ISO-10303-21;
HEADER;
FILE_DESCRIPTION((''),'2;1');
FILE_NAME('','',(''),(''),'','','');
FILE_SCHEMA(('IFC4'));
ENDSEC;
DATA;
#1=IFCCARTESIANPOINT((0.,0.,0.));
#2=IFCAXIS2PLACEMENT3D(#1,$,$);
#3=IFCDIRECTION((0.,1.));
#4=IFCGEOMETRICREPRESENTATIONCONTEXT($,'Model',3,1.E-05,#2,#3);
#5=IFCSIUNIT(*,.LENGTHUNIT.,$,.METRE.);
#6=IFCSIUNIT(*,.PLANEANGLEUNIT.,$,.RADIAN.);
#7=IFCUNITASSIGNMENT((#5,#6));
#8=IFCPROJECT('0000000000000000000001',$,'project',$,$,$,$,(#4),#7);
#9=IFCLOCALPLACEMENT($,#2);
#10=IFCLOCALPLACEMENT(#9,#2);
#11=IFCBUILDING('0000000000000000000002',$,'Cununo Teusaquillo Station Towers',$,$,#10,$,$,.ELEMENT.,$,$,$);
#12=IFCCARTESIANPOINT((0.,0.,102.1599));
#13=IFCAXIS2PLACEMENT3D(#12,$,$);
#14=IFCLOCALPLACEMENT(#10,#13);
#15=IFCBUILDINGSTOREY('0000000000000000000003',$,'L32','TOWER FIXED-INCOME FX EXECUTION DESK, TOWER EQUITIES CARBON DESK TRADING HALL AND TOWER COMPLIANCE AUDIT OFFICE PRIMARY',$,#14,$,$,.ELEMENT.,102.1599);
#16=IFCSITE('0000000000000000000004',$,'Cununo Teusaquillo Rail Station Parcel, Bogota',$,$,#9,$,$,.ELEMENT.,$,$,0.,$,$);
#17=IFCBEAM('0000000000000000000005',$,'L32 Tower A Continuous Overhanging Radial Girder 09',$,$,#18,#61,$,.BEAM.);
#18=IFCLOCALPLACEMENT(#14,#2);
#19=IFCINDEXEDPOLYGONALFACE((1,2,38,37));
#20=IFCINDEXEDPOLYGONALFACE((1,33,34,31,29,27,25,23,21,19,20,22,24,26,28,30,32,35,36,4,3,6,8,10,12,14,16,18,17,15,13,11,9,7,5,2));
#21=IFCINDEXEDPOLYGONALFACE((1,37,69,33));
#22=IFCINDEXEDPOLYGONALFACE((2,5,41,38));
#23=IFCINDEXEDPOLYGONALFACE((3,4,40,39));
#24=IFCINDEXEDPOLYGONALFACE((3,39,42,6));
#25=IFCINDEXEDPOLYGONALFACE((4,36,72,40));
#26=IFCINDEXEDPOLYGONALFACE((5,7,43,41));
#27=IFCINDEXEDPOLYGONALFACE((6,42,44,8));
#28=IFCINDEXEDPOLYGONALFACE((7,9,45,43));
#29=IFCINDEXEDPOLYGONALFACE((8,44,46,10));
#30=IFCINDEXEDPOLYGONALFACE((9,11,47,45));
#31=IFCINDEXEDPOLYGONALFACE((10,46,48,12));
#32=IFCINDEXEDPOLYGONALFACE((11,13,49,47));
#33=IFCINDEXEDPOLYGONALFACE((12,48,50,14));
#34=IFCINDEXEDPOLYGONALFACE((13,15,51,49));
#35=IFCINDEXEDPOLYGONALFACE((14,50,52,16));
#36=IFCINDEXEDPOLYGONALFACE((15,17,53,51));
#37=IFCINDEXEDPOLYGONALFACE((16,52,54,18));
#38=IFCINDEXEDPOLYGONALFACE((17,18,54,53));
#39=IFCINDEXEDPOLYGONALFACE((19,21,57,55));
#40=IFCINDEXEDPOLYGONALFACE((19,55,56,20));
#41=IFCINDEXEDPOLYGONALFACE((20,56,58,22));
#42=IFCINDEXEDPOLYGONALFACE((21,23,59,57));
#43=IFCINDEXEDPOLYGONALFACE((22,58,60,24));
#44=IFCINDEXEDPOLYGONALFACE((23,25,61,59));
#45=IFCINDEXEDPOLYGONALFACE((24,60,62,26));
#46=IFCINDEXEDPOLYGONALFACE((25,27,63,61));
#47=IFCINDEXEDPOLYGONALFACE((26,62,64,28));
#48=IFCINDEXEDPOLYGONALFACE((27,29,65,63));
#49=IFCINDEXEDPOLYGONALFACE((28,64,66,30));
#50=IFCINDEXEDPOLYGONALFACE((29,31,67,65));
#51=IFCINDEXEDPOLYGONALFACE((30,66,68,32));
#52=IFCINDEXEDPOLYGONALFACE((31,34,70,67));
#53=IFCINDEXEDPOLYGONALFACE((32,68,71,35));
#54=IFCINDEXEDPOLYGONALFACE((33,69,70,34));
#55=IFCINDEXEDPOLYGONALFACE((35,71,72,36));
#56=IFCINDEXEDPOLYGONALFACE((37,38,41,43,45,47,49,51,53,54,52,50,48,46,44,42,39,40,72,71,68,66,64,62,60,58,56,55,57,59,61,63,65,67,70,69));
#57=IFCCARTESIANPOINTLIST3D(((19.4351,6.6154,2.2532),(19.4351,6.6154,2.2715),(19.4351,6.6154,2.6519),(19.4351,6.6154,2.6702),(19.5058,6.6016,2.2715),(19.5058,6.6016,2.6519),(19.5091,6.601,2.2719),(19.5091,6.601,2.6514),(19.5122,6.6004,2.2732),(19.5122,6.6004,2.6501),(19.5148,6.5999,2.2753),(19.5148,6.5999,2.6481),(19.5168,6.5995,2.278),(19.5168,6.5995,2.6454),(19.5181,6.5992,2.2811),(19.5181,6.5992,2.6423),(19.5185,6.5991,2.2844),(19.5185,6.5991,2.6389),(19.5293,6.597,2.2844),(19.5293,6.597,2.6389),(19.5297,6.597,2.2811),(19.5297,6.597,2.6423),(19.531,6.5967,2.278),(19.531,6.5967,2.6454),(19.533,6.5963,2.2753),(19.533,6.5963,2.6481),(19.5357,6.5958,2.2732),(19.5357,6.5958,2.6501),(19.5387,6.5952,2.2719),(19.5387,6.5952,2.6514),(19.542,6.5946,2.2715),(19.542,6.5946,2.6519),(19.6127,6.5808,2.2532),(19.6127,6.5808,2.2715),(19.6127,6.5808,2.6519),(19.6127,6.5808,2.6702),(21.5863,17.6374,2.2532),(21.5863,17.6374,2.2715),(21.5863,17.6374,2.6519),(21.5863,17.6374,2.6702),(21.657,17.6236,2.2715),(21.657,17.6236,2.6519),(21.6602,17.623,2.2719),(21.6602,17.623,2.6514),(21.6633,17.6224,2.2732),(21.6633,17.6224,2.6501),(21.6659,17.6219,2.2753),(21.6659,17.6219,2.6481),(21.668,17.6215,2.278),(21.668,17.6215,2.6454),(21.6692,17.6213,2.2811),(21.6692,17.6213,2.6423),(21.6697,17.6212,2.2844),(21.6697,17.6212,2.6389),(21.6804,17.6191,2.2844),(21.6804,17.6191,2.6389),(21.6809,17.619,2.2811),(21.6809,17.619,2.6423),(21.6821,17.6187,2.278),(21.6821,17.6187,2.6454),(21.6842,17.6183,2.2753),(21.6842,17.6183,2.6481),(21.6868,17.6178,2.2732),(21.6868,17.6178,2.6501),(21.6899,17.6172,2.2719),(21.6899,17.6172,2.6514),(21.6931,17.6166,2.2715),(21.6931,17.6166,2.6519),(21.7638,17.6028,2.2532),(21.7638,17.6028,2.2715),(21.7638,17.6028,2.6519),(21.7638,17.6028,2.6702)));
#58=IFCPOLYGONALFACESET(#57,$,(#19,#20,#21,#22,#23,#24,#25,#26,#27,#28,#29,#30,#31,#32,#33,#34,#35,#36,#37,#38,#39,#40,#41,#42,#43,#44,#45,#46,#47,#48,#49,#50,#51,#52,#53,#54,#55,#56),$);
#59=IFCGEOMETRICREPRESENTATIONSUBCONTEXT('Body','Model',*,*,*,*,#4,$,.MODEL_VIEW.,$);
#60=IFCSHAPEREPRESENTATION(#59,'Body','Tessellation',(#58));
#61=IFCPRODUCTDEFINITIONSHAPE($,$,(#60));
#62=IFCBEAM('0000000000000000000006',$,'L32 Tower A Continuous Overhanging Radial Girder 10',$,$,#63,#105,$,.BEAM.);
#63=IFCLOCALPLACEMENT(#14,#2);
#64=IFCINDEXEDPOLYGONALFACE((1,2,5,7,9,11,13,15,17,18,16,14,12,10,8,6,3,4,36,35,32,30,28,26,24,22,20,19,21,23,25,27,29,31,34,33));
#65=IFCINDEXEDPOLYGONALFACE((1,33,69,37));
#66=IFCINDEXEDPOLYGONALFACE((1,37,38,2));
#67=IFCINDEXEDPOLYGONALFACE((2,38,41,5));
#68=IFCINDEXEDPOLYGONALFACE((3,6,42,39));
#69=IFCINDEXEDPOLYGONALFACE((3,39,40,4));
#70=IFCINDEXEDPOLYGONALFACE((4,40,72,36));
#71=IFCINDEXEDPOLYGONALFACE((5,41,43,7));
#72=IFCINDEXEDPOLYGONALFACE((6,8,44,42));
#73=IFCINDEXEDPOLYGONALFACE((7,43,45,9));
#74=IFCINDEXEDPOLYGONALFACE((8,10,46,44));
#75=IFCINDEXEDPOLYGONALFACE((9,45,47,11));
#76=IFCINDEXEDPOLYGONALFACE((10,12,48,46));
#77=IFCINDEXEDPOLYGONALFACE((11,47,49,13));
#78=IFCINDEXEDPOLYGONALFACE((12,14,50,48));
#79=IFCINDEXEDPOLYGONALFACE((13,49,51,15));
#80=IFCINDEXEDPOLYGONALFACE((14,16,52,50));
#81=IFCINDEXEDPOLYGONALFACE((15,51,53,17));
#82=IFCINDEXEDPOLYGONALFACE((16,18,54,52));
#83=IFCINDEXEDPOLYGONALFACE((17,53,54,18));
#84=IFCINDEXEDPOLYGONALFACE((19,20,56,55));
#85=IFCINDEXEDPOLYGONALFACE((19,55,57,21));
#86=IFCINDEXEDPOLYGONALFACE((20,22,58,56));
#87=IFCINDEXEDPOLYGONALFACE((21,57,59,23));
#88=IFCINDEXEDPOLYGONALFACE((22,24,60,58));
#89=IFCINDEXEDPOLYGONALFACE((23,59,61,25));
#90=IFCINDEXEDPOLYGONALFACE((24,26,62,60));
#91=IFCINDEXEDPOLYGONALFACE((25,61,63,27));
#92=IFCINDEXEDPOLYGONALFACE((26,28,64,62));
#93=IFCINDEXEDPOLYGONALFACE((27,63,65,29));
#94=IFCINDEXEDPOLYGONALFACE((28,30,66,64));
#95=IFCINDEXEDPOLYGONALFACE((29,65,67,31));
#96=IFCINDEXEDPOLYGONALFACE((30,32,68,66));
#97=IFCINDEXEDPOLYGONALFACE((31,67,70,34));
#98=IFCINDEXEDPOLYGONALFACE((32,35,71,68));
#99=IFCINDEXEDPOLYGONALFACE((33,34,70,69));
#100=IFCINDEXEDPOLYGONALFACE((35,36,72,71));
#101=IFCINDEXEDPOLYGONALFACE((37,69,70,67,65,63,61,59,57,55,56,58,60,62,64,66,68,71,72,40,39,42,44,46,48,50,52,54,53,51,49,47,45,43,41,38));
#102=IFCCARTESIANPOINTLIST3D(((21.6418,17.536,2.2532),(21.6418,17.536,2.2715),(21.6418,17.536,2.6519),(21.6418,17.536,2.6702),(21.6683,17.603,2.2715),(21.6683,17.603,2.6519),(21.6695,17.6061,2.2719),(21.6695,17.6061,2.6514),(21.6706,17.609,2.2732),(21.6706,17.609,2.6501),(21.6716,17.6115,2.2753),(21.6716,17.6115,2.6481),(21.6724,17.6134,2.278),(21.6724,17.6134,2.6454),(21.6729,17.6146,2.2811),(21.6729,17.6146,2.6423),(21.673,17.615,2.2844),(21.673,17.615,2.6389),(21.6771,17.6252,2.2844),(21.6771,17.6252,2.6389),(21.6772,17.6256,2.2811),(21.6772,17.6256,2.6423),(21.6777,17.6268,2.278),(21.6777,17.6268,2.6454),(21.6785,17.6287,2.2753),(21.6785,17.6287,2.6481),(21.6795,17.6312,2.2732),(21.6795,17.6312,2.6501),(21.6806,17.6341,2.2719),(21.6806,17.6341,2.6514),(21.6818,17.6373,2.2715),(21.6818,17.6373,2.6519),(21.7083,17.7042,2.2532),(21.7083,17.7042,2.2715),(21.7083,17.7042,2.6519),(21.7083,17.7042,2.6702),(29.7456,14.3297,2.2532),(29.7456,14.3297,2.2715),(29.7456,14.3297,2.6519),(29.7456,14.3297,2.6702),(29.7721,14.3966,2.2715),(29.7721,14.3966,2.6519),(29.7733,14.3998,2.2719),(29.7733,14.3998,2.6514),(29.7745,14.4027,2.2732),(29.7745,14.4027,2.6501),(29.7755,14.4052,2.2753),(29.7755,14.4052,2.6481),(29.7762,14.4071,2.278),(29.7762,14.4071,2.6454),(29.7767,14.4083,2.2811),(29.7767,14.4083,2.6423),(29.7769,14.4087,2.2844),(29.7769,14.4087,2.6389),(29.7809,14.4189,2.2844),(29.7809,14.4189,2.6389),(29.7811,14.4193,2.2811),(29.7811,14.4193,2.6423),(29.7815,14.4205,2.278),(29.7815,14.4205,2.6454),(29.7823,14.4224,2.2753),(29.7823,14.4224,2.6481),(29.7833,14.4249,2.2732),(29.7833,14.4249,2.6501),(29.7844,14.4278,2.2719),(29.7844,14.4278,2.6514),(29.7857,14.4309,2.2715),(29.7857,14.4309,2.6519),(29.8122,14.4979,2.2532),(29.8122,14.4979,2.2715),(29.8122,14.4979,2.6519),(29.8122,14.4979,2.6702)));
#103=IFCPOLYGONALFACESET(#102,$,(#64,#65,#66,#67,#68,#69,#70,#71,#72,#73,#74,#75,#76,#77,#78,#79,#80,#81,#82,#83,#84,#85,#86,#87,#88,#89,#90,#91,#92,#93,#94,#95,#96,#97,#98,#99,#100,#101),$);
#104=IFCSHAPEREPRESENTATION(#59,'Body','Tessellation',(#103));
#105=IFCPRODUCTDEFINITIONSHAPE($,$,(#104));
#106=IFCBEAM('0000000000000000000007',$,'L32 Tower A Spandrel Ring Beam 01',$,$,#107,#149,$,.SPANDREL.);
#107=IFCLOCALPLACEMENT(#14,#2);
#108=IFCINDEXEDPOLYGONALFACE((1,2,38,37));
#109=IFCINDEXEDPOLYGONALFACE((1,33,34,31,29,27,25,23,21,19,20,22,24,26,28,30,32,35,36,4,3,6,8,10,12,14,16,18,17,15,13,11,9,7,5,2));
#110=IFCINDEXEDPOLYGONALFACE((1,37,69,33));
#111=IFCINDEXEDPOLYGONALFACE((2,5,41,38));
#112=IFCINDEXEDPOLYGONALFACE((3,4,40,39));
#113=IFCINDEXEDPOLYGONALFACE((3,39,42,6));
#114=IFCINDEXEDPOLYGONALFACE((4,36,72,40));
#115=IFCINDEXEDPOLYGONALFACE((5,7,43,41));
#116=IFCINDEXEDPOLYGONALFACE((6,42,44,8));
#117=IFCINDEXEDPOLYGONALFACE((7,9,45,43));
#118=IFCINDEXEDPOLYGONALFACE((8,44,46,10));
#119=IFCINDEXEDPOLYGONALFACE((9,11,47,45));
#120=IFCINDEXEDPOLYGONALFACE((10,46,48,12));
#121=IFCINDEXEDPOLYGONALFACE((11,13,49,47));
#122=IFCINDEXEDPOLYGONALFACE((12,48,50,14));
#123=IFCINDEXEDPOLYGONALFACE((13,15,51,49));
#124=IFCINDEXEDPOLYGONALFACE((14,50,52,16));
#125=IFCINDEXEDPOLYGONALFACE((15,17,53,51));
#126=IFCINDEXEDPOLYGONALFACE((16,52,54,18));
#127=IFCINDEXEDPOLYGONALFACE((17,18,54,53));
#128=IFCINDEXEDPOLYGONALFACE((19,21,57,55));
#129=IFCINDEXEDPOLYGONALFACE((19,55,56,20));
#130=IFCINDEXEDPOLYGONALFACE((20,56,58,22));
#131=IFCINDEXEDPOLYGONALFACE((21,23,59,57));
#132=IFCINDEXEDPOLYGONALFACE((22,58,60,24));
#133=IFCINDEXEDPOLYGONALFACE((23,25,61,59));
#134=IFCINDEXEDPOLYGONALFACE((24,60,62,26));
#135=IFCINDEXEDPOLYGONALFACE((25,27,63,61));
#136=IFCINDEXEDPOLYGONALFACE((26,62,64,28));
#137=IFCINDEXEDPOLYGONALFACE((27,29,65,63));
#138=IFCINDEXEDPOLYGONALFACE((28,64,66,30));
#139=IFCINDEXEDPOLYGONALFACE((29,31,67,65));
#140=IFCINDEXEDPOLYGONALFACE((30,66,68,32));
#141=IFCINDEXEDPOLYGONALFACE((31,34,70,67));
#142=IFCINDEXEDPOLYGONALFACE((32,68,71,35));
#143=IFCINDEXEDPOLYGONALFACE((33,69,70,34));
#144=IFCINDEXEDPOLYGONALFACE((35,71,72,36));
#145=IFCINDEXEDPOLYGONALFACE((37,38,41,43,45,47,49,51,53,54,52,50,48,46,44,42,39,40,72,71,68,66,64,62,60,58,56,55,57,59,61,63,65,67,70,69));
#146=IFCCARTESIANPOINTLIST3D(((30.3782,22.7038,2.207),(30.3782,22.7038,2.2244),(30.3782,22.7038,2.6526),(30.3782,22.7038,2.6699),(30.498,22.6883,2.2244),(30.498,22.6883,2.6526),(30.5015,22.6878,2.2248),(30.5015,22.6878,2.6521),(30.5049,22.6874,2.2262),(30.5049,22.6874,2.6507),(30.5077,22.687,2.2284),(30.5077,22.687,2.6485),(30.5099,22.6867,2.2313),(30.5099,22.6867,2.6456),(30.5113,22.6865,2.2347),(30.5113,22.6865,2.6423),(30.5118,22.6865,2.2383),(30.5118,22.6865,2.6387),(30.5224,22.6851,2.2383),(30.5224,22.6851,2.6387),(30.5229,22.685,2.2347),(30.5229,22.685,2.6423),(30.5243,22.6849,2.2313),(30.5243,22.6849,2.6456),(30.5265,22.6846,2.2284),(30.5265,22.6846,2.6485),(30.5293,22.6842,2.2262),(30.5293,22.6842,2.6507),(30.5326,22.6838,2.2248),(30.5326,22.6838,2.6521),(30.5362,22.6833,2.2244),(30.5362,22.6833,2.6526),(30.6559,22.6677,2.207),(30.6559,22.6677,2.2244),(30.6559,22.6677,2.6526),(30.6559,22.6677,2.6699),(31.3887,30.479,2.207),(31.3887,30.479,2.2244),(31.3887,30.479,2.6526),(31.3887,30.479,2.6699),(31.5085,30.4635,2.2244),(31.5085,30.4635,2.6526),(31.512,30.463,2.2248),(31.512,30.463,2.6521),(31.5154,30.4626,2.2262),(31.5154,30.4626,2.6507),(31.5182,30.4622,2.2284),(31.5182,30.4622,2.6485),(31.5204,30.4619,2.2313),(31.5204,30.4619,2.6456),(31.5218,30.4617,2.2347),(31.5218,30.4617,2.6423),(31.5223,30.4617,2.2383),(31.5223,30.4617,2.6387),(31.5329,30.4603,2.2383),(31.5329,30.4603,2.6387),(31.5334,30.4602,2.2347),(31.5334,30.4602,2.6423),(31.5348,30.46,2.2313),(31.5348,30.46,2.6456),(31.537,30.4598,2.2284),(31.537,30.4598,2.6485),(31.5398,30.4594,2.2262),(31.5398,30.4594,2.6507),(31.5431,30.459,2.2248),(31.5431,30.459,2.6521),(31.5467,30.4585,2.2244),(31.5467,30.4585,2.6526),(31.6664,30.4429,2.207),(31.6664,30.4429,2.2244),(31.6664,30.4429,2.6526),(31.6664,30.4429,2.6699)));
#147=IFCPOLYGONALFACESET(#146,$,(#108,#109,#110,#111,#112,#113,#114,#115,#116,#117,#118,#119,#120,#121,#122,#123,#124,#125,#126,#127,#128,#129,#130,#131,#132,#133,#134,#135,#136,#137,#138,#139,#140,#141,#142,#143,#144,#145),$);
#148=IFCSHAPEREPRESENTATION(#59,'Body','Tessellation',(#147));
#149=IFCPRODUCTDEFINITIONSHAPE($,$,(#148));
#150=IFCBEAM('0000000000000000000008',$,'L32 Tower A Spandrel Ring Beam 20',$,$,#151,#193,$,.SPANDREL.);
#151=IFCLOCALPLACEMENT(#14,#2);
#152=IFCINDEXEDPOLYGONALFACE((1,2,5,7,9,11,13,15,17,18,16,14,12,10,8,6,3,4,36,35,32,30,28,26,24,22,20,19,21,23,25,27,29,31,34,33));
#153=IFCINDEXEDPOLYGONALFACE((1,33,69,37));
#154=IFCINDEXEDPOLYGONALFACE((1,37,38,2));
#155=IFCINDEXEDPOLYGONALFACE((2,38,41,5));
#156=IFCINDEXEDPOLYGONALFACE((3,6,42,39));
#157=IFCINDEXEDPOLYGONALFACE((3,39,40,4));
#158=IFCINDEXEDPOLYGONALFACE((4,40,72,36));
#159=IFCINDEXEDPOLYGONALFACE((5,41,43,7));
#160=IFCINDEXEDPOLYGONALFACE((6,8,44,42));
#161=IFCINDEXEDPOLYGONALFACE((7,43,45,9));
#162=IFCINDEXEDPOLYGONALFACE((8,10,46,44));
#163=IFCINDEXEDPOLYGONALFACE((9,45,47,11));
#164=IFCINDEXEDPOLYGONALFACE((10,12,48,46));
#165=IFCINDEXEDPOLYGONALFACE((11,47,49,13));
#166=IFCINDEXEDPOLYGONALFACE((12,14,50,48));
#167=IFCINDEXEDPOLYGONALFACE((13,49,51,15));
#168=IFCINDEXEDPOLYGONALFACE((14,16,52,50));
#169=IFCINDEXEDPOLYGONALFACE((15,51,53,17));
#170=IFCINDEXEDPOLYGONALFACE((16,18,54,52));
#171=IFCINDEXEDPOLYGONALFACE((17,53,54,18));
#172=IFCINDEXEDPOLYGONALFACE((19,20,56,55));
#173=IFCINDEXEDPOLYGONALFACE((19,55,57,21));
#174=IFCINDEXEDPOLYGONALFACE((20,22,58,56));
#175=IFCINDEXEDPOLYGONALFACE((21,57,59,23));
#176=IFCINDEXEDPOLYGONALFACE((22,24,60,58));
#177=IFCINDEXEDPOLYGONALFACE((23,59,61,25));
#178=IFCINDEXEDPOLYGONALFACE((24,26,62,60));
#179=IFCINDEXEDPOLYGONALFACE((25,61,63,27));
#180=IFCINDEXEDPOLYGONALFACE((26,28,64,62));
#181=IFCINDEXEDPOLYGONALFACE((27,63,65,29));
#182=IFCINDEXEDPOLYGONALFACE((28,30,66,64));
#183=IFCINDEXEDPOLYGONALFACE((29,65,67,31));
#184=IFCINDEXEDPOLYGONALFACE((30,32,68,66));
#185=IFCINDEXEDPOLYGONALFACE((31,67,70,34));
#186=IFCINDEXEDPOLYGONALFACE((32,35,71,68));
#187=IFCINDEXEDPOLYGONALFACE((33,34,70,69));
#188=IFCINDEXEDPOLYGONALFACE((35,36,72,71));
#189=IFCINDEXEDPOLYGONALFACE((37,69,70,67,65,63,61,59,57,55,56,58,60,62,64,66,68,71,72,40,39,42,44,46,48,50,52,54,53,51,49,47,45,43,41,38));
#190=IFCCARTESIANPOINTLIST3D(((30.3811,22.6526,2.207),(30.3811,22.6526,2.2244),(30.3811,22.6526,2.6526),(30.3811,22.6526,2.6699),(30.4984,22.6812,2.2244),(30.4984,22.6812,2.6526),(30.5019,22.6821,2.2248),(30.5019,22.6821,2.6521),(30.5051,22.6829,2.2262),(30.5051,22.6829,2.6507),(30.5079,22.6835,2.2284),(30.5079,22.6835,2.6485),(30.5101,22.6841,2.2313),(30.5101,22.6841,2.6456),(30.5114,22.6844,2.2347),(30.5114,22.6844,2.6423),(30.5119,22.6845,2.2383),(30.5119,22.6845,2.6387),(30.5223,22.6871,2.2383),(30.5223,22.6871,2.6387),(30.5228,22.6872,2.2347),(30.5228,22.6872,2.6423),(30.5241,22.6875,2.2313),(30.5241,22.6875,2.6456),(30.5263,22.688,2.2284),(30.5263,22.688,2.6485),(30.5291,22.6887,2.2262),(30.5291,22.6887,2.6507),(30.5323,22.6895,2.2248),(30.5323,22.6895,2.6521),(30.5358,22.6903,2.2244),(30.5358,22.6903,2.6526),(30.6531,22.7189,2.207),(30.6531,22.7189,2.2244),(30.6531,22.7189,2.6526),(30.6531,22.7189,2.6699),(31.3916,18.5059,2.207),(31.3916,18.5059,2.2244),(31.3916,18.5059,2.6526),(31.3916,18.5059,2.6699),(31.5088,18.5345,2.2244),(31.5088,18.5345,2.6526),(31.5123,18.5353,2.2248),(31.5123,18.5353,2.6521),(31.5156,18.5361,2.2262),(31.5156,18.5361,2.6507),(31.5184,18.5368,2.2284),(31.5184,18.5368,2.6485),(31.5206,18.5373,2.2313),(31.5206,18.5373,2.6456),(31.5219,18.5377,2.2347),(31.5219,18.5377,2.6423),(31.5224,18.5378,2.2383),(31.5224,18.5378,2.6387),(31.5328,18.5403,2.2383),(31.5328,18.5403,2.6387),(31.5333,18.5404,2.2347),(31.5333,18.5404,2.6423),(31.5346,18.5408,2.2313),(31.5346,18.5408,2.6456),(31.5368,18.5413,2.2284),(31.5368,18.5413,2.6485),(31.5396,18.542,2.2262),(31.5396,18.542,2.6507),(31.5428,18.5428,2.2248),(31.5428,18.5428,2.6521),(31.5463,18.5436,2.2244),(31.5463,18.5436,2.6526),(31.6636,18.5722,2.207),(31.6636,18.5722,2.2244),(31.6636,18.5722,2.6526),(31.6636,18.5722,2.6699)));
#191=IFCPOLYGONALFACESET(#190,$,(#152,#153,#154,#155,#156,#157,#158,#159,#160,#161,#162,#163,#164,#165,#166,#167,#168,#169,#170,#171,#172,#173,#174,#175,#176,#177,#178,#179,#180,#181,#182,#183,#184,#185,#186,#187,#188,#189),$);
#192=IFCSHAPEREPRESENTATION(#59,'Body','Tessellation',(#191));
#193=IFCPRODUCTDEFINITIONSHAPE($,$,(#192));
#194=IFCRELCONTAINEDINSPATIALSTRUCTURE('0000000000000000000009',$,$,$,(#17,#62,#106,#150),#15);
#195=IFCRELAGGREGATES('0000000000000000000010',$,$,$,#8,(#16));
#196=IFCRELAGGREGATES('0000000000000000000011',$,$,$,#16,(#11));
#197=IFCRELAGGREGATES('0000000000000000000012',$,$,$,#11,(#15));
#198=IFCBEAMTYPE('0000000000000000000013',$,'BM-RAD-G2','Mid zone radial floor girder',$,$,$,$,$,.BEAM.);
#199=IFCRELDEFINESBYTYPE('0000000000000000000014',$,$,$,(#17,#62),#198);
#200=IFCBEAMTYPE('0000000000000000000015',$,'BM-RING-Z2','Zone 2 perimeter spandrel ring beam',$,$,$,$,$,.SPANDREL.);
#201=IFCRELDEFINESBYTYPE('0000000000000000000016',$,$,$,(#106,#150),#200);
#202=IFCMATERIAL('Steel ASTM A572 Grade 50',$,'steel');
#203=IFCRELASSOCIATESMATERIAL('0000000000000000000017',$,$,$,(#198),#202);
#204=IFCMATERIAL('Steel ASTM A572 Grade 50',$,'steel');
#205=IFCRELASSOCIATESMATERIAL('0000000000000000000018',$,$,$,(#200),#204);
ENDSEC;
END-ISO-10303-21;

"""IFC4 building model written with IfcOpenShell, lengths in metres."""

from ifc_helpers import new_model, si_unit, direction, frame, origin, origin_2d, place, context, subcontext, project, spatial, i_section, extrude, material, material_profile, profile_set, type_object, element, save


model = new_model("IFC4")

# Units and contexts
model_context = context("Model", 3, precision=1e-05, world=origin(), true_north=direction((0.0, 1.0)))
body_context = subcontext(model_context, "Body", "Model", "MODEL_VIEW")
ifc_project = project(units=[si_unit("LENGTHUNIT", "METRE"), si_unit("PLANEANGLEUNIT", "RADIAN")], contexts=[model_context])

# Site, building, storey
site_placement = place(None, origin())
site = spatial("IfcSite", under=ifc_project, at=site_placement, Name="Cununo Teusaquillo Rail Station Parcel, Bogota", CompositionType="ELEMENT", RefElevation=0.0)
building_placement = place(site_placement, origin())
building = spatial("IfcBuilding", under=site, at=building_placement, Name="Cununo Teusaquillo Station Towers", CompositionType="ELEMENT")
storey_placement = place(building_placement, frame((0.0, 0.0, 102.1599)))
storey = spatial("IfcBuildingStorey", under=building, at=storey_placement, Name="L32", Description="TOWER FIXED-INCOME FX EXECUTION DESK, TOWER EQUITIES CARBON DESK TRADING HALL AND TOWER COMPLIANCE AUDIT OFFICE PRIMARY", CompositionType="ELEMENT", Elevation=102.1599)

# Beams
ifc_material_1 = material(Name="Steel ASTM A572 Grade 50", Category="steel")
ifc_material_profile_1 = material_profile(ifc_material_1, i_section(OverallWidth=0.1809, OverallDepth=0.417, WebThickness=0.011, FlangeThickness=0.0183, FilletRadius=0.0129, at=origin_2d()), Name="W16X57")
ifc_profile_set_1 = profile_set([ifc_material_profile_1], Name="Steel ASTM A572 Grade 50")
beam_type_1 = type_object("IfcBeamType", Name="BM-RAD-G2", Description="Mid zone radial floor girder", PredefinedType="BEAM", material=ifc_profile_set_1)
beam_1_placement = place(storey_placement, frame((21.675, 17.6201, 2.4617), z_axis=(-0.191553, -0.981482, 0.0), x_axis=(0.981482, -0.191553, 0.0)))
element("IfcBeam", 1, at=beam_1_placement, inside=storey, type_object=beam_type_1, Name="L32 Tower A Continuous Overhanging Radial Girder 09", PredefinedType="BEAM", context=body_context, shape_type="SweptSolid", body=[
    extrude(i_section(OverallWidth=0.1809, OverallDepth=0.417, WebThickness=0.011, FlangeThickness=0.0183, FilletRadius=0.0129, at=origin_2d()), origin(), (0.0, 0.0, 1.0), 11.23),
])
beam_2_placement = place(storey_placement, frame((21.675, 17.6201, 2.4617), z_axis=(0.929863, -0.367906, 0.0), x_axis=(0.367906, 0.929863, 0.0)))
element("IfcBeam", 2, at=beam_2_placement, inside=storey, type_object=beam_type_1, Name="L32 Tower A Continuous Overhanging Radial Girder 10", PredefinedType="BEAM", context=body_context, shape_type="SweptSolid", body=[
    extrude(i_section(OverallWidth=0.1809, OverallDepth=0.417, WebThickness=0.011, FlangeThickness=0.0183, FilletRadius=0.0129, at=origin_2d()), origin(), (0.0, 0.0, 1.0), 8.7151),
])
ifc_material_2 = material(Name="Steel ASTM A572 Grade 50", Category="steel")
ifc_material_profile_2 = material_profile(ifc_material_2, i_section(OverallWidth=0.28, OverallDepth=0.4629, WebThickness=0.0107, FlangeThickness=0.0173, FilletRadius=0.0139, at=origin_2d()), Name="W18X76")
ifc_profile_set_2 = profile_set([ifc_material_profile_2], Name="Steel ASTM A572 Grade 50")
beam_type_2 = type_object("IfcBeamType", Name="BM-RING-Z2", Description="Zone 2 perimeter spandrel ring beam", PredefinedType="SPANDREL", material=ifc_profile_set_2)
beam_3_placement = place(storey_placement, frame((30.5171, 22.6858, 2.4385), z_axis=(0.128881, 0.99166, 0.0), x_axis=(-0.99166, 0.128881, 0.0)))
element("IfcBeam", 3, at=beam_3_placement, inside=storey, type_object=beam_type_2, Name="L32 Tower A Spandrel Ring Beam 01", PredefinedType="SPANDREL", context=body_context, shape_type="SweptSolid", body=[
    extrude(i_section(OverallWidth=0.28, OverallDepth=0.4629, WebThickness=0.0107, FlangeThickness=0.0173, FilletRadius=0.0139, at=origin_2d()), origin(), (0.0, 0.0, 1.0), 7.8406),
])
beam_4_placement = place(storey_placement, frame((31.5276, 18.5391, 2.4385), z_axis=(-0.236757, 0.971569, 0.0), x_axis=(-0.971569, -0.236757, 0.0)))
element("IfcBeam", 4, at=beam_4_placement, inside=storey, type_object=beam_type_2, Name="L32 Tower A Spandrel Ring Beam 20", PredefinedType="SPANDREL", context=body_context, shape_type="SweptSolid", body=[
    extrude(i_section(OverallWidth=0.28, OverallDepth=0.4629, WebThickness=0.0107, FlangeThickness=0.0173, FilletRadius=0.0139, at=origin_2d()), origin(), (0.0, 0.0, 1.0), 4.2681),
])

save(model, "model.ifc")
